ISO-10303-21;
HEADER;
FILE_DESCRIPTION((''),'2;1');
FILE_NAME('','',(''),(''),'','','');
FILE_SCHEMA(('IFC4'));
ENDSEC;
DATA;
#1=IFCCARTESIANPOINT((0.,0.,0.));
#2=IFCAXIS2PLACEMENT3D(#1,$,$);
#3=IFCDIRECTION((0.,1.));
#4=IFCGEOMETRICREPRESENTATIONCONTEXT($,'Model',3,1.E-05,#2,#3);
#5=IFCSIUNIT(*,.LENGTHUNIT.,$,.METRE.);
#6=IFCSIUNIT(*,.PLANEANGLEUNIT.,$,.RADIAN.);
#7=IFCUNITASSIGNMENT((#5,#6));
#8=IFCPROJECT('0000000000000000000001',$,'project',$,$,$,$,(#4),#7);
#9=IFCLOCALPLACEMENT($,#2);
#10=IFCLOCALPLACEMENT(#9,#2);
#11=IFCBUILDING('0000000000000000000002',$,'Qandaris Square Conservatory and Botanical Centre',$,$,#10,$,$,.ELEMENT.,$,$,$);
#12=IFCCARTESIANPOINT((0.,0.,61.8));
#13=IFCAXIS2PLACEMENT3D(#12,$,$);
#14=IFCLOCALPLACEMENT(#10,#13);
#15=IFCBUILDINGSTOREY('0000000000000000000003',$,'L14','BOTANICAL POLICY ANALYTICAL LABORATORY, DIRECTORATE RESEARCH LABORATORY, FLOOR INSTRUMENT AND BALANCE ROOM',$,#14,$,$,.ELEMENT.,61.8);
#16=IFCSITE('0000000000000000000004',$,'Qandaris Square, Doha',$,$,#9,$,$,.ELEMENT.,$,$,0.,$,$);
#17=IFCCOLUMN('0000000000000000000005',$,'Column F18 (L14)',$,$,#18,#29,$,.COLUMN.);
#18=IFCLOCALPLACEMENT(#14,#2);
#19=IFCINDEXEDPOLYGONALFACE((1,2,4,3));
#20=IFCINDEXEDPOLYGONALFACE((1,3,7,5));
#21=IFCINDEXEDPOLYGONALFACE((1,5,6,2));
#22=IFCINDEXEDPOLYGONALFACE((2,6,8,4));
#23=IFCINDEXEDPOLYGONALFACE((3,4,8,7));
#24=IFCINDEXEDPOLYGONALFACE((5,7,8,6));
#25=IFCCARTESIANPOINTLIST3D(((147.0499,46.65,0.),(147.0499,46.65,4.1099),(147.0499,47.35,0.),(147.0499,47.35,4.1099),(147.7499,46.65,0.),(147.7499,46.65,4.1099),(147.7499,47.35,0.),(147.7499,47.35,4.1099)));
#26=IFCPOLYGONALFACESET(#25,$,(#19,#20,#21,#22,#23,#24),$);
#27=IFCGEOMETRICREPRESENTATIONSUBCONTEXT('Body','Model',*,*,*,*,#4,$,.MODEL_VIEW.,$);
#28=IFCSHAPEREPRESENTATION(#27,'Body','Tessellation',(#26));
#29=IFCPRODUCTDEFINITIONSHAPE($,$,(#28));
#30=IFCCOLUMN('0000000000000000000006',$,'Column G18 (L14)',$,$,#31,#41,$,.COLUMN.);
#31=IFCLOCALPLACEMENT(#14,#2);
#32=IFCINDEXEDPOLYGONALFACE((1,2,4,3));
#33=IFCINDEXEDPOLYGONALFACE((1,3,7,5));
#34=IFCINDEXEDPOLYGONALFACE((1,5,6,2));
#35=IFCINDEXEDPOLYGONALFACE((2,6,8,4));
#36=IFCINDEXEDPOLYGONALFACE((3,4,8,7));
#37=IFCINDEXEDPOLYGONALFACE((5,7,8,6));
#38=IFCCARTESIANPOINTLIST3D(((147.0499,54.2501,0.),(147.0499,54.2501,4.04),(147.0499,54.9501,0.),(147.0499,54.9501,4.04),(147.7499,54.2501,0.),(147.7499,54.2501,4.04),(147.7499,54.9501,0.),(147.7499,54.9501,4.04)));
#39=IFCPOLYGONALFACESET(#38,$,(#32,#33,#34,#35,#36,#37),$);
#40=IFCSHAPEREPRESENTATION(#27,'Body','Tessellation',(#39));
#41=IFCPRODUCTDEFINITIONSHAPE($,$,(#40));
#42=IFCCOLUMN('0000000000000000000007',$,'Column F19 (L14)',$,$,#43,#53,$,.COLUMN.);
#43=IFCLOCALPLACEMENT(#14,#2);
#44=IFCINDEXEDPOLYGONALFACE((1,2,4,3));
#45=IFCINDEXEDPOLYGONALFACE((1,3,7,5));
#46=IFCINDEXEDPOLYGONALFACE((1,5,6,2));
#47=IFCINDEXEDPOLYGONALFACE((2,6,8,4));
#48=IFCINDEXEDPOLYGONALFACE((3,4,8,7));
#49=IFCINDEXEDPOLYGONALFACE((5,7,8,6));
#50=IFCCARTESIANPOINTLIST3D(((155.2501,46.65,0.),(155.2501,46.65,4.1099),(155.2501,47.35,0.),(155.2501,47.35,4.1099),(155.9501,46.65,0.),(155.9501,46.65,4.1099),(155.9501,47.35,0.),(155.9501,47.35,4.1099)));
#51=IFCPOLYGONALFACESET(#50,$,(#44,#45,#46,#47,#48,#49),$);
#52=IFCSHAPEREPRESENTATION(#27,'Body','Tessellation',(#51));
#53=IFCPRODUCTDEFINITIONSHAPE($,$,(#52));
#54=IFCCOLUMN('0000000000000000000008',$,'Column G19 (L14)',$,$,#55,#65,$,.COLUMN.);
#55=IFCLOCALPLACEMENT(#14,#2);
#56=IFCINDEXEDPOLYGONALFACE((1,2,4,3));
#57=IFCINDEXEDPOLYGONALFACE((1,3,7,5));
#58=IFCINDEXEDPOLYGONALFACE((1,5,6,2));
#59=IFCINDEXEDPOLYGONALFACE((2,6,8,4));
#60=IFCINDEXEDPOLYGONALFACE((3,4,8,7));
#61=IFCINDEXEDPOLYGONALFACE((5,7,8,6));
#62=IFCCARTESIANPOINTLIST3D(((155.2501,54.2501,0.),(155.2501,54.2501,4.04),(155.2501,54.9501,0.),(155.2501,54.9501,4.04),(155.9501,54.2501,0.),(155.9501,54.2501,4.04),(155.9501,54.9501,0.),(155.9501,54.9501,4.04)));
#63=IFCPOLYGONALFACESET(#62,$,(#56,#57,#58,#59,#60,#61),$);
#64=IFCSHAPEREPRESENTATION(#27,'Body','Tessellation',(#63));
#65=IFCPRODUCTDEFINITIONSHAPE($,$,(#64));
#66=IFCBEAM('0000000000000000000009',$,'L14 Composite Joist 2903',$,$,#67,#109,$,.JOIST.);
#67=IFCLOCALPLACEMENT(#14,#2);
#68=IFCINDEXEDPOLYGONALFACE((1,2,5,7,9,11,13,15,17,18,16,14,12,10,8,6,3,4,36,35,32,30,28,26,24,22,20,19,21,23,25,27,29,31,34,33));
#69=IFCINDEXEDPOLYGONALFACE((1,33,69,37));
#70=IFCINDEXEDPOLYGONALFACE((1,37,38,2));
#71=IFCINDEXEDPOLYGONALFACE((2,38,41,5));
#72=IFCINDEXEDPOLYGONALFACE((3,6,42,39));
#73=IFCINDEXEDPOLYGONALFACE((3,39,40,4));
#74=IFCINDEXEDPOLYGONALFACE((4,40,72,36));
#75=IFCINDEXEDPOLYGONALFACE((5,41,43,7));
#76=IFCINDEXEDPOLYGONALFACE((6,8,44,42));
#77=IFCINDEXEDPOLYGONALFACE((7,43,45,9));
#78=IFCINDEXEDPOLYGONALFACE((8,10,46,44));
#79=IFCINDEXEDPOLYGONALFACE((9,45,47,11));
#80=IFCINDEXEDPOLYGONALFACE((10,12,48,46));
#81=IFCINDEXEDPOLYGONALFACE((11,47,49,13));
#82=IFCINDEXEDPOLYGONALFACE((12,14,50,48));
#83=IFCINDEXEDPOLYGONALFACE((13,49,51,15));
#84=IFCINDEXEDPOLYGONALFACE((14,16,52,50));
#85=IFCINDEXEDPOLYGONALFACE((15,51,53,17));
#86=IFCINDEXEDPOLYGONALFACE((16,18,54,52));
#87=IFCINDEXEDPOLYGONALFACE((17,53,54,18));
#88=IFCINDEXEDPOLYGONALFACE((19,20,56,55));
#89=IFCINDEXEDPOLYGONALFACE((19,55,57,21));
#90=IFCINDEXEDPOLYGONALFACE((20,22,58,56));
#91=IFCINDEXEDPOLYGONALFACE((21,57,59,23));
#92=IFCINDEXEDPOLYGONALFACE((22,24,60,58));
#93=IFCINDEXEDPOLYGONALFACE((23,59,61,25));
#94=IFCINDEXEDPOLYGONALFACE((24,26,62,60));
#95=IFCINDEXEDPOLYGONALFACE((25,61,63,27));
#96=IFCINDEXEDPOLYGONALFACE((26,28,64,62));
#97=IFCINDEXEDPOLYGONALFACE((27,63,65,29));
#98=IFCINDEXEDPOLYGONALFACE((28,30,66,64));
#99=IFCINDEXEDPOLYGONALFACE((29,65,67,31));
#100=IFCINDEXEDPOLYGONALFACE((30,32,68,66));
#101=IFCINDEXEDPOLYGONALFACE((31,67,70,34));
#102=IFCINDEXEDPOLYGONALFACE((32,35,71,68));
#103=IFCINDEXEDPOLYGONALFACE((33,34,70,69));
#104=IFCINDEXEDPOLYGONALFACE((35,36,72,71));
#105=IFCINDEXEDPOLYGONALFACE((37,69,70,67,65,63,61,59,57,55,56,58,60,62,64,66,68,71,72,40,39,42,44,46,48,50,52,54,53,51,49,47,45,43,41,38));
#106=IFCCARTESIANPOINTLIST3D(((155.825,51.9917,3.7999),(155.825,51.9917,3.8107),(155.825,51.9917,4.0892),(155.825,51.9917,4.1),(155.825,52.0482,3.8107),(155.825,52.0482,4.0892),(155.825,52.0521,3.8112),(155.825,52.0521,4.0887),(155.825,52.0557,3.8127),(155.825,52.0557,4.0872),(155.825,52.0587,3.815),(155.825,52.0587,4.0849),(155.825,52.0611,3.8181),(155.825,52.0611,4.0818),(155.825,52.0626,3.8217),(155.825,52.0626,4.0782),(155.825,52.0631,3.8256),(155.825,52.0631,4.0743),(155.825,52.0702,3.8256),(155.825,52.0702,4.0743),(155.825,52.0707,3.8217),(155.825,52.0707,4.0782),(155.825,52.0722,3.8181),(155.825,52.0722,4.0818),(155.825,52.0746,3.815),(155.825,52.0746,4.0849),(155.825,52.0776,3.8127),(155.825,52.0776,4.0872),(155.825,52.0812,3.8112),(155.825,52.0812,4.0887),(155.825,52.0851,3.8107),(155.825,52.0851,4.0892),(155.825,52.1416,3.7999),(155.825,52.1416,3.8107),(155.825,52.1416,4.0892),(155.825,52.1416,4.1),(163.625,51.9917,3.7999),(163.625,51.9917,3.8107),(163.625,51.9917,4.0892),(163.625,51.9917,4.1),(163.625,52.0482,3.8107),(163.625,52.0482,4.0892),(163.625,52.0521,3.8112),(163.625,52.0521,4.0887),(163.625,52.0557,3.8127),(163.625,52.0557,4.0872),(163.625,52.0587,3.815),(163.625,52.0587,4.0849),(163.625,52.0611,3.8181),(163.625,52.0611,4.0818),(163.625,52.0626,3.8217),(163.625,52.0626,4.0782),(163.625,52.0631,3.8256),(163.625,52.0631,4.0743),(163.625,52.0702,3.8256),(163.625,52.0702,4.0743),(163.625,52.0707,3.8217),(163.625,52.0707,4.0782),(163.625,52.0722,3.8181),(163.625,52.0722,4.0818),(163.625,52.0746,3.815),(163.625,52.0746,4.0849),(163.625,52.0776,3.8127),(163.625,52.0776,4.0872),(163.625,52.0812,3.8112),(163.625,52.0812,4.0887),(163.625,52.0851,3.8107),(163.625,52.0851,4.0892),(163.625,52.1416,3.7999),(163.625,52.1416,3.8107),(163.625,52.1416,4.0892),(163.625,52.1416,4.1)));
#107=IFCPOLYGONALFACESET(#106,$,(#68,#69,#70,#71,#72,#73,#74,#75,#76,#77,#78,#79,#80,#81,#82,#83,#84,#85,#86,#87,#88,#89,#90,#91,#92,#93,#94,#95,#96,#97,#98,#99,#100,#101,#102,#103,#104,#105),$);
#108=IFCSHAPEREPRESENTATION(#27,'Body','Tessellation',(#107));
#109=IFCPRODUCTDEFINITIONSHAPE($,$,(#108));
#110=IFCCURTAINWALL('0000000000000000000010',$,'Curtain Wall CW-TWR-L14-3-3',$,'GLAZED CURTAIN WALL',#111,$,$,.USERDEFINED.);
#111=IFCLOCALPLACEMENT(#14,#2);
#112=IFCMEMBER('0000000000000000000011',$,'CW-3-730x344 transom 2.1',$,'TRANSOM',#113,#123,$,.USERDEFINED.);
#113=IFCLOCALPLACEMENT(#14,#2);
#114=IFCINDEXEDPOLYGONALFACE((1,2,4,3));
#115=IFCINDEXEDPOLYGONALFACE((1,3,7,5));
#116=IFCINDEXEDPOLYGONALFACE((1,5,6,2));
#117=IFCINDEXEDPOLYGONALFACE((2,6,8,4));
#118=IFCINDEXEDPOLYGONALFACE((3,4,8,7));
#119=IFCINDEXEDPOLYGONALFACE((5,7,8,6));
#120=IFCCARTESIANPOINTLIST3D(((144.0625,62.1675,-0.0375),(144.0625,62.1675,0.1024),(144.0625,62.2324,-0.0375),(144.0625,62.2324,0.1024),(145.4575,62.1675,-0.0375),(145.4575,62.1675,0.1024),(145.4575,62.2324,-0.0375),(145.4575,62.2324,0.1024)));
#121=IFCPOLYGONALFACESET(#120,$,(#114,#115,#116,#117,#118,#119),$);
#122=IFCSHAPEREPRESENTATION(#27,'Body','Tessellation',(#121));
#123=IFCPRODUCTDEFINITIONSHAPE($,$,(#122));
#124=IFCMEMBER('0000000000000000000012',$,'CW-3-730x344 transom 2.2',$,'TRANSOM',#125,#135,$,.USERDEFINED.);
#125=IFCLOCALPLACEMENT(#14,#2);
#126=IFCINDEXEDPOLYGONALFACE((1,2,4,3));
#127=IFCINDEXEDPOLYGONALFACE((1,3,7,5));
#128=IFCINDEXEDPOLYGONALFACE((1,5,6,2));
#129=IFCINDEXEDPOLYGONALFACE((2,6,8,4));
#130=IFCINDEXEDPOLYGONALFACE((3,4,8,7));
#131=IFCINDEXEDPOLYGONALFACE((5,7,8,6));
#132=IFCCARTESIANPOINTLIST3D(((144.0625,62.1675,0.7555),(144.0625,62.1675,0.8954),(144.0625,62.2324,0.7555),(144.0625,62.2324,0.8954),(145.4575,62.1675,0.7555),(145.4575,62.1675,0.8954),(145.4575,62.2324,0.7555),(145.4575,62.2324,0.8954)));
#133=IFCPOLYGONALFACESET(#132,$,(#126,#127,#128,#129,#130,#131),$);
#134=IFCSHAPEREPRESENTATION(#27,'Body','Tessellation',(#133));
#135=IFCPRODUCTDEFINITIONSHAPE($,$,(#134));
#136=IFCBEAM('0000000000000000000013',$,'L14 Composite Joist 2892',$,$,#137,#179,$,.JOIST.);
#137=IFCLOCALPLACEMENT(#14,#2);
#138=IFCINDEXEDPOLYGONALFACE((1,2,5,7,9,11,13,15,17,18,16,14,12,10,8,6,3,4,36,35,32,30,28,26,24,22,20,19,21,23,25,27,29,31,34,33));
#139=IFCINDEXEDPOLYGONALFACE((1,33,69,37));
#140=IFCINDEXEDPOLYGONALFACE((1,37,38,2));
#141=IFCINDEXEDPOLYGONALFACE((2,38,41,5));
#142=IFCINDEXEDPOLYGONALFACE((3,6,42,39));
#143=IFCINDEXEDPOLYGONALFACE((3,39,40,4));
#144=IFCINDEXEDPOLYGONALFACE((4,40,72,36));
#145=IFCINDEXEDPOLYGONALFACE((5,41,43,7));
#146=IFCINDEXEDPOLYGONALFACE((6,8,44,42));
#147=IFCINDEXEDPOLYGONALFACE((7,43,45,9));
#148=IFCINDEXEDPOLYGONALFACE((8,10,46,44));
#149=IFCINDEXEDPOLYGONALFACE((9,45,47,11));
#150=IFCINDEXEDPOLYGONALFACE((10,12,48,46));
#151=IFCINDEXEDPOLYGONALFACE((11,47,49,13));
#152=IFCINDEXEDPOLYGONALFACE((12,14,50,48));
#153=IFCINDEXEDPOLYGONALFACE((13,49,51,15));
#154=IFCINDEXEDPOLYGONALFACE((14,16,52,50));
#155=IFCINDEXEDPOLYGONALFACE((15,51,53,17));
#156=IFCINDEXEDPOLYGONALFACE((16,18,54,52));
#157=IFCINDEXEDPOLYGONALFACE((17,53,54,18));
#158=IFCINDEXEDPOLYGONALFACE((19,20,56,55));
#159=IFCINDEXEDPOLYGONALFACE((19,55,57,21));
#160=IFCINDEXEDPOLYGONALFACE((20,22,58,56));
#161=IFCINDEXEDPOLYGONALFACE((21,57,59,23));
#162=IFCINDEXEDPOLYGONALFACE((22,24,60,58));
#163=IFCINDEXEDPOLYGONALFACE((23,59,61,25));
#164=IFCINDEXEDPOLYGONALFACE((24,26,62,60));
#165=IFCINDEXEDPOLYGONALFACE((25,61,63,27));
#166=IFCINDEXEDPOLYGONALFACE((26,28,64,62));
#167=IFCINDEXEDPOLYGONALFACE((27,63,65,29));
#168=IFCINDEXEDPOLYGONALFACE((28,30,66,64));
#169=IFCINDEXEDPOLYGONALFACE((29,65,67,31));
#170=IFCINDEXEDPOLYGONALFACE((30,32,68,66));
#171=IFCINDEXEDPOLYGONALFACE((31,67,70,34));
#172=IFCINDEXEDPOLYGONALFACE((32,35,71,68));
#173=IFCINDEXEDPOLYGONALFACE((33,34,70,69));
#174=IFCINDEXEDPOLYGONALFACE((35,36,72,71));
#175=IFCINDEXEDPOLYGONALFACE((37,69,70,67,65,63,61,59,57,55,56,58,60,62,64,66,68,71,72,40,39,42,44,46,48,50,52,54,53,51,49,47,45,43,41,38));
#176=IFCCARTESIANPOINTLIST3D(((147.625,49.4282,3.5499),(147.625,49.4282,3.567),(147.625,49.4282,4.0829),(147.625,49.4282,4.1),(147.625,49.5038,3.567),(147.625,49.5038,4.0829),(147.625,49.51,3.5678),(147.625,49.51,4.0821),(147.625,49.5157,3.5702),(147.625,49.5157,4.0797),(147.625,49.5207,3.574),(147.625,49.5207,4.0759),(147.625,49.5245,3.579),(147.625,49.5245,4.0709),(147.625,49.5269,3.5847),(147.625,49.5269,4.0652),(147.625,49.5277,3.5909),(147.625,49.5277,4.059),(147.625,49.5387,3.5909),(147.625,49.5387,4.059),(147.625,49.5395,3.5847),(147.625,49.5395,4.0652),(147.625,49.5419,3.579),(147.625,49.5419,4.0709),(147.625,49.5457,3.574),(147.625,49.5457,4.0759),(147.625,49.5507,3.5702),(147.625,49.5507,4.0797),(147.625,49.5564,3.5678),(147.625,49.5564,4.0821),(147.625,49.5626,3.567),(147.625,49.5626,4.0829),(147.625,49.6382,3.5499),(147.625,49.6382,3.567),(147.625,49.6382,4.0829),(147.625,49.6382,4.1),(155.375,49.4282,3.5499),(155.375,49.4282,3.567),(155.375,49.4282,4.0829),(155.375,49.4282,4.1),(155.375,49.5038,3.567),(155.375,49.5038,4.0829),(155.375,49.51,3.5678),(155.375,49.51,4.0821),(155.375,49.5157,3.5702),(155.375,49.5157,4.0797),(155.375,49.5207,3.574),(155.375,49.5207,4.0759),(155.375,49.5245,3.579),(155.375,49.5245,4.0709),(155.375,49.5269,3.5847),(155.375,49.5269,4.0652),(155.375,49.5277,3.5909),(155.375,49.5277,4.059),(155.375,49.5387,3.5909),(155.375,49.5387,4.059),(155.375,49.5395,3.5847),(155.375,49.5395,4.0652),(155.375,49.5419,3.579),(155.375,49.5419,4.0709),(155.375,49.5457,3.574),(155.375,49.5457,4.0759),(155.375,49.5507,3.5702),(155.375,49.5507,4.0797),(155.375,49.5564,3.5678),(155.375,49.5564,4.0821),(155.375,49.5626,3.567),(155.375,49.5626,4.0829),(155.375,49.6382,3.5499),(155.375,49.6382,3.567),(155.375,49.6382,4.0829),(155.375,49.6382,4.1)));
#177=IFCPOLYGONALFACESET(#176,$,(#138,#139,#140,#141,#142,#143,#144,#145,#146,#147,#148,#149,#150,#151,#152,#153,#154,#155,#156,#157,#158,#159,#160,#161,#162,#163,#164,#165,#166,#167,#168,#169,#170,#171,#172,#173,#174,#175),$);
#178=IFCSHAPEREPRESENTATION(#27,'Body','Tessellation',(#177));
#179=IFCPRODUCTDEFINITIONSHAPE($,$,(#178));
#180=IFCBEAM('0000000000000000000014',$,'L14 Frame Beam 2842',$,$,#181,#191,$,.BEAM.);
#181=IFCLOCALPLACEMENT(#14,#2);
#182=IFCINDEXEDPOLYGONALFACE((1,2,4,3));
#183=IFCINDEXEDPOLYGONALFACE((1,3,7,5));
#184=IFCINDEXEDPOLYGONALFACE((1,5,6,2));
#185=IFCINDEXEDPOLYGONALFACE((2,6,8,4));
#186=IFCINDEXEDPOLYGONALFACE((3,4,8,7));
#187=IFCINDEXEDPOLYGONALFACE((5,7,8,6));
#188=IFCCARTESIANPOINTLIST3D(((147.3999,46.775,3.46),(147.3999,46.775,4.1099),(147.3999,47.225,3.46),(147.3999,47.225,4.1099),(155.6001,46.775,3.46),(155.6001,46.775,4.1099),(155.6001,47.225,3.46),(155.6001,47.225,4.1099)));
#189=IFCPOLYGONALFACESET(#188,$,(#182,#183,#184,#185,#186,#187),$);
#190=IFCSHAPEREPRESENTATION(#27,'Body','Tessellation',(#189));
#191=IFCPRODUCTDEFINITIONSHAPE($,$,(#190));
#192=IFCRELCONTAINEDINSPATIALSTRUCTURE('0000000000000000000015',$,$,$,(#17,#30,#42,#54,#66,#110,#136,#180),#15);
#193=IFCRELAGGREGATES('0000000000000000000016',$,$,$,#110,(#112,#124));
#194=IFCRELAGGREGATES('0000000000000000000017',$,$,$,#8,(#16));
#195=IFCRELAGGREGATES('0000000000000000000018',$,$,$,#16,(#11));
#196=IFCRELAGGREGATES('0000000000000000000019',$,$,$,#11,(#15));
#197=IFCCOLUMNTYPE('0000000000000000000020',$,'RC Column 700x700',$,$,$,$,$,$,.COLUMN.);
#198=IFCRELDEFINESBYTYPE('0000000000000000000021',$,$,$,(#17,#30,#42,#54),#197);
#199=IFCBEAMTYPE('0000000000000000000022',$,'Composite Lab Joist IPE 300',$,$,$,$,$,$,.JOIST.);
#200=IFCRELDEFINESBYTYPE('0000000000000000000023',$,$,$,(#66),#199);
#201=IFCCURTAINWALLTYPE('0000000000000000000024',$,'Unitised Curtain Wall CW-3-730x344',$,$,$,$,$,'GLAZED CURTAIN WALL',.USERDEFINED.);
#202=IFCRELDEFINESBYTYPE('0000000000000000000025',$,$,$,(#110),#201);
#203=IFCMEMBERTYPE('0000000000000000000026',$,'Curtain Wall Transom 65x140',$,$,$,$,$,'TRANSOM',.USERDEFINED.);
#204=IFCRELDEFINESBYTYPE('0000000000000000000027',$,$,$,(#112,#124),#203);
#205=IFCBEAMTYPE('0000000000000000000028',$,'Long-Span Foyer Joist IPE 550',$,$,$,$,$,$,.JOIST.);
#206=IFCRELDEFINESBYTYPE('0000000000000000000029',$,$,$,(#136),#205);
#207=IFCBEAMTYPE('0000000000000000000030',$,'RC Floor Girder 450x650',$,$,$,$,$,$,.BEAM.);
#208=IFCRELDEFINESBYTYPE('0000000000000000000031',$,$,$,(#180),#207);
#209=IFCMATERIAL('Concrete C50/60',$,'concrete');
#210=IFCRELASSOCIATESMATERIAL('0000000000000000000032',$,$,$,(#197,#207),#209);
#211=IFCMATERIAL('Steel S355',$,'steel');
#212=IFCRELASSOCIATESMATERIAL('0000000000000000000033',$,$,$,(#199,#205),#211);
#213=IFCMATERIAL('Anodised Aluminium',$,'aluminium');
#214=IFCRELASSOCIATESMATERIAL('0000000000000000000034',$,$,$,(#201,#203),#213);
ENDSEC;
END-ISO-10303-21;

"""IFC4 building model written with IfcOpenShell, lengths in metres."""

from ifc_helpers import new_model, si_unit, direction, frame, origin, origin_2d, place, context, subcontext, project, spatial, rectangle, i_section, extrude, material, material_profile, profile_set, type_object, element, aggregate, save


model = new_model("IFC4")

# Units and contexts
model_context = context("Model", 3, precision=1e-05, world=origin(), true_north=direction((0.0, 1.0)))
body_context = subcontext(model_context, "Body", "Model", "MODEL_VIEW")
ifc_project = project(units=[si_unit("LENGTHUNIT", "METRE"), si_unit("PLANEANGLEUNIT", "RADIAN")], contexts=[model_context])

# Site, building, storey
site_placement = place(None, origin())
site = spatial("IfcSite", under=ifc_project, at=site_placement, Name="Qandaris Square, Doha", CompositionType="ELEMENT", RefElevation=0.0)
building_placement = place(site_placement, origin())
building = spatial("IfcBuilding", under=site, at=building_placement, Name="Qandaris Square Conservatory and Botanical Centre", CompositionType="ELEMENT")
storey_placement = place(building_placement, frame((0.0, 0.0, 61.8)))
storey = spatial("IfcBuildingStorey", under=building, at=storey_placement, Name="L14", Description="BOTANICAL POLICY ANALYTICAL LABORATORY, DIRECTORATE RESEARCH LABORATORY, FLOOR INSTRUMENT AND BALANCE ROOM", CompositionType="ELEMENT", Elevation=61.8)

# Columns
ifc_material_1 = material(Name="Concrete C50/60", Category="concrete")
ifc_material_profile_1 = material_profile(ifc_material_1, rectangle(XDim=0.7, YDim=0.7, at=origin_2d()), Name="RC-COL 700x700")
ifc_profile_set_1 = profile_set([ifc_material_profile_1], Name="Concrete C50/60")
column_type = type_object("IfcColumnType", Name="RC Column 700x700", PredefinedType="COLUMN", material=ifc_profile_set_1)
column_1_placement = place(storey_placement, frame((147.3999, 47.0, 0.0), z_axis=(0.0, 0.0, 1.0), x_axis=(1.0, 0.0, 0.0)))
element("IfcColumn", 1, at=column_1_placement, inside=storey, type_object=column_type, Name="Column F18 (L14)", PredefinedType="COLUMN", context=body_context, shape_type="SweptSolid", body=[
    extrude(rectangle(XDim=0.7, YDim=0.7, at=origin_2d()), origin(), (0.0, 0.0, 1.0), 4.1099),
])
column_2_placement = place(storey_placement, frame((147.3999, 54.6001, 0.0), z_axis=(0.0, 0.0, 1.0), x_axis=(1.0, 0.0, 0.0)))
element("IfcColumn", 2, at=column_2_placement, inside=storey, type_object=column_type, Name="Column G18 (L14)", PredefinedType="COLUMN", context=body_context, shape_type="SweptSolid", body=[
    extrude(rectangle(XDim=0.7, YDim=0.7, at=origin_2d()), origin(), (0.0, 0.0, 1.0), 4.04),
])
column_3_placement = place(storey_placement, frame((155.6001, 47.0, 0.0), z_axis=(0.0, 0.0, 1.0), x_axis=(1.0, 0.0, 0.0)))
element("IfcColumn", 3, at=column_3_placement, inside=storey, type_object=column_type, Name="Column F19 (L14)", PredefinedType="COLUMN", context=body_context, shape_type="SweptSolid", body=[
    extrude(rectangle(XDim=0.7, YDim=0.7, at=origin_2d()), origin(), (0.0, 0.0, 1.0), 4.1099),
])
column_4_placement = place(storey_placement, frame((155.6001, 54.6001, 0.0), z_axis=(0.0, 0.0, 1.0), x_axis=(1.0, 0.0, 0.0)))
element("IfcColumn", 4, at=column_4_placement, inside=storey, type_object=column_type, Name="Column G19 (L14)", PredefinedType="COLUMN", context=body_context, shape_type="SweptSolid", body=[
    extrude(rectangle(XDim=0.7, YDim=0.7, at=origin_2d()), origin(), (0.0, 0.0, 1.0), 4.04),
])

# Beam
ifc_material_2 = material(Name="Steel S355", Category="steel")
ifc_material_profile_2 = material_profile(ifc_material_2, i_section(OverallWidth=0.1499, OverallDepth=0.3, WebThickness=0.0071, FlangeThickness=0.0107, FilletRadius=0.0149, at=origin_2d()), Name="IPE 300")
ifc_profile_set_2 = profile_set([ifc_material_profile_2], Name="Steel S355")
beam_type_1 = type_object("IfcBeamType", Name="Composite Lab Joist IPE 300", PredefinedType="JOIST", material=ifc_profile_set_2)
beam_1_placement = place(storey_placement, frame((155.825, 52.0667, 3.95), z_axis=(1.0, 0.0, 0.0), x_axis=(0.0, 1.0, 0.0)))
element("IfcBeam", 5, at=beam_1_placement, inside=storey, type_object=beam_type_1, Name="L14 Composite Joist 2903", PredefinedType="JOIST", context=body_context, shape_type="SweptSolid", body=[
    extrude(i_section(OverallWidth=0.1499, OverallDepth=0.3, WebThickness=0.0071, FlangeThickness=0.0107, FilletRadius=0.0149, at=origin_2d()), origin(), (0.0, 0.0, 1.0), 7.8),
])

# Curtain wall, members
ifc_material_3 = material(Name="Anodised Aluminium", Category="aluminium")
curtain_wall_type = type_object("IfcCurtainWallType", Name="Unitised Curtain Wall CW-3-730x344", ElementType="GLAZED CURTAIN WALL", PredefinedType="USERDEFINED", material=ifc_material_3)
curtain_wall_placement = place(storey_placement, origin())
curtain_wall = element("IfcCurtainWall", 6, at=curtain_wall_placement, inside=storey, type_object=curtain_wall_type, Name="Curtain Wall CW-TWR-L14-3-3", ObjectType="GLAZED CURTAIN WALL", PredefinedType="USERDEFINED")
ifc_material_profile_3 = material_profile(ifc_material_3, rectangle(XDim=0.0649, YDim=0.1399, at=origin_2d()), Name="ALU-TRN 65x140")
ifc_profile_set_3 = profile_set([ifc_material_profile_3], Name="Anodised Aluminium")
member_type = type_object("IfcMemberType", Name="Curtain Wall Transom 65x140", ElementType="TRANSOM", PredefinedType="USERDEFINED", material=ifc_profile_set_3)
member_1_placement = place(storey_placement, frame((145.4575, 62.2, 0.0325), z_axis=(-1.0, 0.0, 0.0), x_axis=(0.0, -1.0, 0.0)))
member_1 = element("IfcMember", 7, at=member_1_placement, type_object=member_type, Name="CW-3-730x344 transom 2.1", ObjectType="TRANSOM", PredefinedType="USERDEFINED", context=body_context, shape_type="SweptSolid", body=[
    extrude(rectangle(XDim=0.0649, YDim=0.1399, at=origin_2d()), origin(), (0.0, 0.0, 1.0), 1.395),
])
member_2_placement = place(storey_placement, frame((145.4575, 62.2, 0.8254), z_axis=(-1.0, 0.0, 0.0), x_axis=(0.0, -1.0, 0.0)))
member_2 = element("IfcMember", 8, at=member_2_placement, type_object=member_type, Name="CW-3-730x344 transom 2.2", ObjectType="TRANSOM", PredefinedType="USERDEFINED", context=body_context, shape_type="SweptSolid", body=[
    extrude(rectangle(XDim=0.0649, YDim=0.1399, at=origin_2d()), origin(), (0.0, 0.0, 1.0), 1.395),
])
aggregate(curtain_wall, [member_1, member_2])

# Beams
ifc_material_profile_4 = material_profile(ifc_material_2, i_section(OverallWidth=0.21, OverallDepth=0.55, WebThickness=0.011, FlangeThickness=0.0171, FilletRadius=0.0239, at=origin_2d()), Name="IPE 550")
ifc_profile_set_4 = profile_set([ifc_material_profile_4], Name="Steel S355")
beam_type_2 = type_object("IfcBeamType", Name="Long-Span Foyer Joist IPE 550", PredefinedType="JOIST", material=ifc_profile_set_4)
beam_2_placement = place(storey_placement, frame((147.625, 49.5332, 3.825), z_axis=(1.0, 0.0, 0.0), x_axis=(0.0, 1.0, 0.0)))
element("IfcBeam", 9, at=beam_2_placement, inside=storey, type_object=beam_type_2, Name="L14 Composite Joist 2892", PredefinedType="JOIST", context=body_context, shape_type="SweptSolid", body=[
    extrude(i_section(OverallWidth=0.21, OverallDepth=0.55, WebThickness=0.011, FlangeThickness=0.0171, FilletRadius=0.0239, at=origin_2d()), origin(), (0.0, 0.0, 1.0), 7.75),
])
ifc_material_profile_5 = material_profile(ifc_material_1, rectangle(XDim=0.45, YDim=0.6499, at=origin_2d()), Name="RC-BM 450x650")
ifc_profile_set_5 = profile_set([ifc_material_profile_5], Name="Concrete C50/60")
beam_type_3 = type_object("IfcBeamType", Name="RC Floor Girder 450x650", PredefinedType="BEAM", material=ifc_profile_set_5)
beam_3_placement = place(storey_placement, frame((147.3999, 47.0, 3.7849), z_axis=(1.0, 0.0, 0.0), x_axis=(0.0, 1.0, 0.0)))
element("IfcBeam", 10, at=beam_3_placement, inside=storey, type_object=beam_type_3, Name="L14 Frame Beam 2842", PredefinedType="BEAM", context=body_context, shape_type="SweptSolid", body=[
    extrude(rectangle(XDim=0.45, YDim=0.6499, at=origin_2d()), origin(), (0.0, 0.0, 1.0), 8.2002),
])

save(model, "model.ifc")
